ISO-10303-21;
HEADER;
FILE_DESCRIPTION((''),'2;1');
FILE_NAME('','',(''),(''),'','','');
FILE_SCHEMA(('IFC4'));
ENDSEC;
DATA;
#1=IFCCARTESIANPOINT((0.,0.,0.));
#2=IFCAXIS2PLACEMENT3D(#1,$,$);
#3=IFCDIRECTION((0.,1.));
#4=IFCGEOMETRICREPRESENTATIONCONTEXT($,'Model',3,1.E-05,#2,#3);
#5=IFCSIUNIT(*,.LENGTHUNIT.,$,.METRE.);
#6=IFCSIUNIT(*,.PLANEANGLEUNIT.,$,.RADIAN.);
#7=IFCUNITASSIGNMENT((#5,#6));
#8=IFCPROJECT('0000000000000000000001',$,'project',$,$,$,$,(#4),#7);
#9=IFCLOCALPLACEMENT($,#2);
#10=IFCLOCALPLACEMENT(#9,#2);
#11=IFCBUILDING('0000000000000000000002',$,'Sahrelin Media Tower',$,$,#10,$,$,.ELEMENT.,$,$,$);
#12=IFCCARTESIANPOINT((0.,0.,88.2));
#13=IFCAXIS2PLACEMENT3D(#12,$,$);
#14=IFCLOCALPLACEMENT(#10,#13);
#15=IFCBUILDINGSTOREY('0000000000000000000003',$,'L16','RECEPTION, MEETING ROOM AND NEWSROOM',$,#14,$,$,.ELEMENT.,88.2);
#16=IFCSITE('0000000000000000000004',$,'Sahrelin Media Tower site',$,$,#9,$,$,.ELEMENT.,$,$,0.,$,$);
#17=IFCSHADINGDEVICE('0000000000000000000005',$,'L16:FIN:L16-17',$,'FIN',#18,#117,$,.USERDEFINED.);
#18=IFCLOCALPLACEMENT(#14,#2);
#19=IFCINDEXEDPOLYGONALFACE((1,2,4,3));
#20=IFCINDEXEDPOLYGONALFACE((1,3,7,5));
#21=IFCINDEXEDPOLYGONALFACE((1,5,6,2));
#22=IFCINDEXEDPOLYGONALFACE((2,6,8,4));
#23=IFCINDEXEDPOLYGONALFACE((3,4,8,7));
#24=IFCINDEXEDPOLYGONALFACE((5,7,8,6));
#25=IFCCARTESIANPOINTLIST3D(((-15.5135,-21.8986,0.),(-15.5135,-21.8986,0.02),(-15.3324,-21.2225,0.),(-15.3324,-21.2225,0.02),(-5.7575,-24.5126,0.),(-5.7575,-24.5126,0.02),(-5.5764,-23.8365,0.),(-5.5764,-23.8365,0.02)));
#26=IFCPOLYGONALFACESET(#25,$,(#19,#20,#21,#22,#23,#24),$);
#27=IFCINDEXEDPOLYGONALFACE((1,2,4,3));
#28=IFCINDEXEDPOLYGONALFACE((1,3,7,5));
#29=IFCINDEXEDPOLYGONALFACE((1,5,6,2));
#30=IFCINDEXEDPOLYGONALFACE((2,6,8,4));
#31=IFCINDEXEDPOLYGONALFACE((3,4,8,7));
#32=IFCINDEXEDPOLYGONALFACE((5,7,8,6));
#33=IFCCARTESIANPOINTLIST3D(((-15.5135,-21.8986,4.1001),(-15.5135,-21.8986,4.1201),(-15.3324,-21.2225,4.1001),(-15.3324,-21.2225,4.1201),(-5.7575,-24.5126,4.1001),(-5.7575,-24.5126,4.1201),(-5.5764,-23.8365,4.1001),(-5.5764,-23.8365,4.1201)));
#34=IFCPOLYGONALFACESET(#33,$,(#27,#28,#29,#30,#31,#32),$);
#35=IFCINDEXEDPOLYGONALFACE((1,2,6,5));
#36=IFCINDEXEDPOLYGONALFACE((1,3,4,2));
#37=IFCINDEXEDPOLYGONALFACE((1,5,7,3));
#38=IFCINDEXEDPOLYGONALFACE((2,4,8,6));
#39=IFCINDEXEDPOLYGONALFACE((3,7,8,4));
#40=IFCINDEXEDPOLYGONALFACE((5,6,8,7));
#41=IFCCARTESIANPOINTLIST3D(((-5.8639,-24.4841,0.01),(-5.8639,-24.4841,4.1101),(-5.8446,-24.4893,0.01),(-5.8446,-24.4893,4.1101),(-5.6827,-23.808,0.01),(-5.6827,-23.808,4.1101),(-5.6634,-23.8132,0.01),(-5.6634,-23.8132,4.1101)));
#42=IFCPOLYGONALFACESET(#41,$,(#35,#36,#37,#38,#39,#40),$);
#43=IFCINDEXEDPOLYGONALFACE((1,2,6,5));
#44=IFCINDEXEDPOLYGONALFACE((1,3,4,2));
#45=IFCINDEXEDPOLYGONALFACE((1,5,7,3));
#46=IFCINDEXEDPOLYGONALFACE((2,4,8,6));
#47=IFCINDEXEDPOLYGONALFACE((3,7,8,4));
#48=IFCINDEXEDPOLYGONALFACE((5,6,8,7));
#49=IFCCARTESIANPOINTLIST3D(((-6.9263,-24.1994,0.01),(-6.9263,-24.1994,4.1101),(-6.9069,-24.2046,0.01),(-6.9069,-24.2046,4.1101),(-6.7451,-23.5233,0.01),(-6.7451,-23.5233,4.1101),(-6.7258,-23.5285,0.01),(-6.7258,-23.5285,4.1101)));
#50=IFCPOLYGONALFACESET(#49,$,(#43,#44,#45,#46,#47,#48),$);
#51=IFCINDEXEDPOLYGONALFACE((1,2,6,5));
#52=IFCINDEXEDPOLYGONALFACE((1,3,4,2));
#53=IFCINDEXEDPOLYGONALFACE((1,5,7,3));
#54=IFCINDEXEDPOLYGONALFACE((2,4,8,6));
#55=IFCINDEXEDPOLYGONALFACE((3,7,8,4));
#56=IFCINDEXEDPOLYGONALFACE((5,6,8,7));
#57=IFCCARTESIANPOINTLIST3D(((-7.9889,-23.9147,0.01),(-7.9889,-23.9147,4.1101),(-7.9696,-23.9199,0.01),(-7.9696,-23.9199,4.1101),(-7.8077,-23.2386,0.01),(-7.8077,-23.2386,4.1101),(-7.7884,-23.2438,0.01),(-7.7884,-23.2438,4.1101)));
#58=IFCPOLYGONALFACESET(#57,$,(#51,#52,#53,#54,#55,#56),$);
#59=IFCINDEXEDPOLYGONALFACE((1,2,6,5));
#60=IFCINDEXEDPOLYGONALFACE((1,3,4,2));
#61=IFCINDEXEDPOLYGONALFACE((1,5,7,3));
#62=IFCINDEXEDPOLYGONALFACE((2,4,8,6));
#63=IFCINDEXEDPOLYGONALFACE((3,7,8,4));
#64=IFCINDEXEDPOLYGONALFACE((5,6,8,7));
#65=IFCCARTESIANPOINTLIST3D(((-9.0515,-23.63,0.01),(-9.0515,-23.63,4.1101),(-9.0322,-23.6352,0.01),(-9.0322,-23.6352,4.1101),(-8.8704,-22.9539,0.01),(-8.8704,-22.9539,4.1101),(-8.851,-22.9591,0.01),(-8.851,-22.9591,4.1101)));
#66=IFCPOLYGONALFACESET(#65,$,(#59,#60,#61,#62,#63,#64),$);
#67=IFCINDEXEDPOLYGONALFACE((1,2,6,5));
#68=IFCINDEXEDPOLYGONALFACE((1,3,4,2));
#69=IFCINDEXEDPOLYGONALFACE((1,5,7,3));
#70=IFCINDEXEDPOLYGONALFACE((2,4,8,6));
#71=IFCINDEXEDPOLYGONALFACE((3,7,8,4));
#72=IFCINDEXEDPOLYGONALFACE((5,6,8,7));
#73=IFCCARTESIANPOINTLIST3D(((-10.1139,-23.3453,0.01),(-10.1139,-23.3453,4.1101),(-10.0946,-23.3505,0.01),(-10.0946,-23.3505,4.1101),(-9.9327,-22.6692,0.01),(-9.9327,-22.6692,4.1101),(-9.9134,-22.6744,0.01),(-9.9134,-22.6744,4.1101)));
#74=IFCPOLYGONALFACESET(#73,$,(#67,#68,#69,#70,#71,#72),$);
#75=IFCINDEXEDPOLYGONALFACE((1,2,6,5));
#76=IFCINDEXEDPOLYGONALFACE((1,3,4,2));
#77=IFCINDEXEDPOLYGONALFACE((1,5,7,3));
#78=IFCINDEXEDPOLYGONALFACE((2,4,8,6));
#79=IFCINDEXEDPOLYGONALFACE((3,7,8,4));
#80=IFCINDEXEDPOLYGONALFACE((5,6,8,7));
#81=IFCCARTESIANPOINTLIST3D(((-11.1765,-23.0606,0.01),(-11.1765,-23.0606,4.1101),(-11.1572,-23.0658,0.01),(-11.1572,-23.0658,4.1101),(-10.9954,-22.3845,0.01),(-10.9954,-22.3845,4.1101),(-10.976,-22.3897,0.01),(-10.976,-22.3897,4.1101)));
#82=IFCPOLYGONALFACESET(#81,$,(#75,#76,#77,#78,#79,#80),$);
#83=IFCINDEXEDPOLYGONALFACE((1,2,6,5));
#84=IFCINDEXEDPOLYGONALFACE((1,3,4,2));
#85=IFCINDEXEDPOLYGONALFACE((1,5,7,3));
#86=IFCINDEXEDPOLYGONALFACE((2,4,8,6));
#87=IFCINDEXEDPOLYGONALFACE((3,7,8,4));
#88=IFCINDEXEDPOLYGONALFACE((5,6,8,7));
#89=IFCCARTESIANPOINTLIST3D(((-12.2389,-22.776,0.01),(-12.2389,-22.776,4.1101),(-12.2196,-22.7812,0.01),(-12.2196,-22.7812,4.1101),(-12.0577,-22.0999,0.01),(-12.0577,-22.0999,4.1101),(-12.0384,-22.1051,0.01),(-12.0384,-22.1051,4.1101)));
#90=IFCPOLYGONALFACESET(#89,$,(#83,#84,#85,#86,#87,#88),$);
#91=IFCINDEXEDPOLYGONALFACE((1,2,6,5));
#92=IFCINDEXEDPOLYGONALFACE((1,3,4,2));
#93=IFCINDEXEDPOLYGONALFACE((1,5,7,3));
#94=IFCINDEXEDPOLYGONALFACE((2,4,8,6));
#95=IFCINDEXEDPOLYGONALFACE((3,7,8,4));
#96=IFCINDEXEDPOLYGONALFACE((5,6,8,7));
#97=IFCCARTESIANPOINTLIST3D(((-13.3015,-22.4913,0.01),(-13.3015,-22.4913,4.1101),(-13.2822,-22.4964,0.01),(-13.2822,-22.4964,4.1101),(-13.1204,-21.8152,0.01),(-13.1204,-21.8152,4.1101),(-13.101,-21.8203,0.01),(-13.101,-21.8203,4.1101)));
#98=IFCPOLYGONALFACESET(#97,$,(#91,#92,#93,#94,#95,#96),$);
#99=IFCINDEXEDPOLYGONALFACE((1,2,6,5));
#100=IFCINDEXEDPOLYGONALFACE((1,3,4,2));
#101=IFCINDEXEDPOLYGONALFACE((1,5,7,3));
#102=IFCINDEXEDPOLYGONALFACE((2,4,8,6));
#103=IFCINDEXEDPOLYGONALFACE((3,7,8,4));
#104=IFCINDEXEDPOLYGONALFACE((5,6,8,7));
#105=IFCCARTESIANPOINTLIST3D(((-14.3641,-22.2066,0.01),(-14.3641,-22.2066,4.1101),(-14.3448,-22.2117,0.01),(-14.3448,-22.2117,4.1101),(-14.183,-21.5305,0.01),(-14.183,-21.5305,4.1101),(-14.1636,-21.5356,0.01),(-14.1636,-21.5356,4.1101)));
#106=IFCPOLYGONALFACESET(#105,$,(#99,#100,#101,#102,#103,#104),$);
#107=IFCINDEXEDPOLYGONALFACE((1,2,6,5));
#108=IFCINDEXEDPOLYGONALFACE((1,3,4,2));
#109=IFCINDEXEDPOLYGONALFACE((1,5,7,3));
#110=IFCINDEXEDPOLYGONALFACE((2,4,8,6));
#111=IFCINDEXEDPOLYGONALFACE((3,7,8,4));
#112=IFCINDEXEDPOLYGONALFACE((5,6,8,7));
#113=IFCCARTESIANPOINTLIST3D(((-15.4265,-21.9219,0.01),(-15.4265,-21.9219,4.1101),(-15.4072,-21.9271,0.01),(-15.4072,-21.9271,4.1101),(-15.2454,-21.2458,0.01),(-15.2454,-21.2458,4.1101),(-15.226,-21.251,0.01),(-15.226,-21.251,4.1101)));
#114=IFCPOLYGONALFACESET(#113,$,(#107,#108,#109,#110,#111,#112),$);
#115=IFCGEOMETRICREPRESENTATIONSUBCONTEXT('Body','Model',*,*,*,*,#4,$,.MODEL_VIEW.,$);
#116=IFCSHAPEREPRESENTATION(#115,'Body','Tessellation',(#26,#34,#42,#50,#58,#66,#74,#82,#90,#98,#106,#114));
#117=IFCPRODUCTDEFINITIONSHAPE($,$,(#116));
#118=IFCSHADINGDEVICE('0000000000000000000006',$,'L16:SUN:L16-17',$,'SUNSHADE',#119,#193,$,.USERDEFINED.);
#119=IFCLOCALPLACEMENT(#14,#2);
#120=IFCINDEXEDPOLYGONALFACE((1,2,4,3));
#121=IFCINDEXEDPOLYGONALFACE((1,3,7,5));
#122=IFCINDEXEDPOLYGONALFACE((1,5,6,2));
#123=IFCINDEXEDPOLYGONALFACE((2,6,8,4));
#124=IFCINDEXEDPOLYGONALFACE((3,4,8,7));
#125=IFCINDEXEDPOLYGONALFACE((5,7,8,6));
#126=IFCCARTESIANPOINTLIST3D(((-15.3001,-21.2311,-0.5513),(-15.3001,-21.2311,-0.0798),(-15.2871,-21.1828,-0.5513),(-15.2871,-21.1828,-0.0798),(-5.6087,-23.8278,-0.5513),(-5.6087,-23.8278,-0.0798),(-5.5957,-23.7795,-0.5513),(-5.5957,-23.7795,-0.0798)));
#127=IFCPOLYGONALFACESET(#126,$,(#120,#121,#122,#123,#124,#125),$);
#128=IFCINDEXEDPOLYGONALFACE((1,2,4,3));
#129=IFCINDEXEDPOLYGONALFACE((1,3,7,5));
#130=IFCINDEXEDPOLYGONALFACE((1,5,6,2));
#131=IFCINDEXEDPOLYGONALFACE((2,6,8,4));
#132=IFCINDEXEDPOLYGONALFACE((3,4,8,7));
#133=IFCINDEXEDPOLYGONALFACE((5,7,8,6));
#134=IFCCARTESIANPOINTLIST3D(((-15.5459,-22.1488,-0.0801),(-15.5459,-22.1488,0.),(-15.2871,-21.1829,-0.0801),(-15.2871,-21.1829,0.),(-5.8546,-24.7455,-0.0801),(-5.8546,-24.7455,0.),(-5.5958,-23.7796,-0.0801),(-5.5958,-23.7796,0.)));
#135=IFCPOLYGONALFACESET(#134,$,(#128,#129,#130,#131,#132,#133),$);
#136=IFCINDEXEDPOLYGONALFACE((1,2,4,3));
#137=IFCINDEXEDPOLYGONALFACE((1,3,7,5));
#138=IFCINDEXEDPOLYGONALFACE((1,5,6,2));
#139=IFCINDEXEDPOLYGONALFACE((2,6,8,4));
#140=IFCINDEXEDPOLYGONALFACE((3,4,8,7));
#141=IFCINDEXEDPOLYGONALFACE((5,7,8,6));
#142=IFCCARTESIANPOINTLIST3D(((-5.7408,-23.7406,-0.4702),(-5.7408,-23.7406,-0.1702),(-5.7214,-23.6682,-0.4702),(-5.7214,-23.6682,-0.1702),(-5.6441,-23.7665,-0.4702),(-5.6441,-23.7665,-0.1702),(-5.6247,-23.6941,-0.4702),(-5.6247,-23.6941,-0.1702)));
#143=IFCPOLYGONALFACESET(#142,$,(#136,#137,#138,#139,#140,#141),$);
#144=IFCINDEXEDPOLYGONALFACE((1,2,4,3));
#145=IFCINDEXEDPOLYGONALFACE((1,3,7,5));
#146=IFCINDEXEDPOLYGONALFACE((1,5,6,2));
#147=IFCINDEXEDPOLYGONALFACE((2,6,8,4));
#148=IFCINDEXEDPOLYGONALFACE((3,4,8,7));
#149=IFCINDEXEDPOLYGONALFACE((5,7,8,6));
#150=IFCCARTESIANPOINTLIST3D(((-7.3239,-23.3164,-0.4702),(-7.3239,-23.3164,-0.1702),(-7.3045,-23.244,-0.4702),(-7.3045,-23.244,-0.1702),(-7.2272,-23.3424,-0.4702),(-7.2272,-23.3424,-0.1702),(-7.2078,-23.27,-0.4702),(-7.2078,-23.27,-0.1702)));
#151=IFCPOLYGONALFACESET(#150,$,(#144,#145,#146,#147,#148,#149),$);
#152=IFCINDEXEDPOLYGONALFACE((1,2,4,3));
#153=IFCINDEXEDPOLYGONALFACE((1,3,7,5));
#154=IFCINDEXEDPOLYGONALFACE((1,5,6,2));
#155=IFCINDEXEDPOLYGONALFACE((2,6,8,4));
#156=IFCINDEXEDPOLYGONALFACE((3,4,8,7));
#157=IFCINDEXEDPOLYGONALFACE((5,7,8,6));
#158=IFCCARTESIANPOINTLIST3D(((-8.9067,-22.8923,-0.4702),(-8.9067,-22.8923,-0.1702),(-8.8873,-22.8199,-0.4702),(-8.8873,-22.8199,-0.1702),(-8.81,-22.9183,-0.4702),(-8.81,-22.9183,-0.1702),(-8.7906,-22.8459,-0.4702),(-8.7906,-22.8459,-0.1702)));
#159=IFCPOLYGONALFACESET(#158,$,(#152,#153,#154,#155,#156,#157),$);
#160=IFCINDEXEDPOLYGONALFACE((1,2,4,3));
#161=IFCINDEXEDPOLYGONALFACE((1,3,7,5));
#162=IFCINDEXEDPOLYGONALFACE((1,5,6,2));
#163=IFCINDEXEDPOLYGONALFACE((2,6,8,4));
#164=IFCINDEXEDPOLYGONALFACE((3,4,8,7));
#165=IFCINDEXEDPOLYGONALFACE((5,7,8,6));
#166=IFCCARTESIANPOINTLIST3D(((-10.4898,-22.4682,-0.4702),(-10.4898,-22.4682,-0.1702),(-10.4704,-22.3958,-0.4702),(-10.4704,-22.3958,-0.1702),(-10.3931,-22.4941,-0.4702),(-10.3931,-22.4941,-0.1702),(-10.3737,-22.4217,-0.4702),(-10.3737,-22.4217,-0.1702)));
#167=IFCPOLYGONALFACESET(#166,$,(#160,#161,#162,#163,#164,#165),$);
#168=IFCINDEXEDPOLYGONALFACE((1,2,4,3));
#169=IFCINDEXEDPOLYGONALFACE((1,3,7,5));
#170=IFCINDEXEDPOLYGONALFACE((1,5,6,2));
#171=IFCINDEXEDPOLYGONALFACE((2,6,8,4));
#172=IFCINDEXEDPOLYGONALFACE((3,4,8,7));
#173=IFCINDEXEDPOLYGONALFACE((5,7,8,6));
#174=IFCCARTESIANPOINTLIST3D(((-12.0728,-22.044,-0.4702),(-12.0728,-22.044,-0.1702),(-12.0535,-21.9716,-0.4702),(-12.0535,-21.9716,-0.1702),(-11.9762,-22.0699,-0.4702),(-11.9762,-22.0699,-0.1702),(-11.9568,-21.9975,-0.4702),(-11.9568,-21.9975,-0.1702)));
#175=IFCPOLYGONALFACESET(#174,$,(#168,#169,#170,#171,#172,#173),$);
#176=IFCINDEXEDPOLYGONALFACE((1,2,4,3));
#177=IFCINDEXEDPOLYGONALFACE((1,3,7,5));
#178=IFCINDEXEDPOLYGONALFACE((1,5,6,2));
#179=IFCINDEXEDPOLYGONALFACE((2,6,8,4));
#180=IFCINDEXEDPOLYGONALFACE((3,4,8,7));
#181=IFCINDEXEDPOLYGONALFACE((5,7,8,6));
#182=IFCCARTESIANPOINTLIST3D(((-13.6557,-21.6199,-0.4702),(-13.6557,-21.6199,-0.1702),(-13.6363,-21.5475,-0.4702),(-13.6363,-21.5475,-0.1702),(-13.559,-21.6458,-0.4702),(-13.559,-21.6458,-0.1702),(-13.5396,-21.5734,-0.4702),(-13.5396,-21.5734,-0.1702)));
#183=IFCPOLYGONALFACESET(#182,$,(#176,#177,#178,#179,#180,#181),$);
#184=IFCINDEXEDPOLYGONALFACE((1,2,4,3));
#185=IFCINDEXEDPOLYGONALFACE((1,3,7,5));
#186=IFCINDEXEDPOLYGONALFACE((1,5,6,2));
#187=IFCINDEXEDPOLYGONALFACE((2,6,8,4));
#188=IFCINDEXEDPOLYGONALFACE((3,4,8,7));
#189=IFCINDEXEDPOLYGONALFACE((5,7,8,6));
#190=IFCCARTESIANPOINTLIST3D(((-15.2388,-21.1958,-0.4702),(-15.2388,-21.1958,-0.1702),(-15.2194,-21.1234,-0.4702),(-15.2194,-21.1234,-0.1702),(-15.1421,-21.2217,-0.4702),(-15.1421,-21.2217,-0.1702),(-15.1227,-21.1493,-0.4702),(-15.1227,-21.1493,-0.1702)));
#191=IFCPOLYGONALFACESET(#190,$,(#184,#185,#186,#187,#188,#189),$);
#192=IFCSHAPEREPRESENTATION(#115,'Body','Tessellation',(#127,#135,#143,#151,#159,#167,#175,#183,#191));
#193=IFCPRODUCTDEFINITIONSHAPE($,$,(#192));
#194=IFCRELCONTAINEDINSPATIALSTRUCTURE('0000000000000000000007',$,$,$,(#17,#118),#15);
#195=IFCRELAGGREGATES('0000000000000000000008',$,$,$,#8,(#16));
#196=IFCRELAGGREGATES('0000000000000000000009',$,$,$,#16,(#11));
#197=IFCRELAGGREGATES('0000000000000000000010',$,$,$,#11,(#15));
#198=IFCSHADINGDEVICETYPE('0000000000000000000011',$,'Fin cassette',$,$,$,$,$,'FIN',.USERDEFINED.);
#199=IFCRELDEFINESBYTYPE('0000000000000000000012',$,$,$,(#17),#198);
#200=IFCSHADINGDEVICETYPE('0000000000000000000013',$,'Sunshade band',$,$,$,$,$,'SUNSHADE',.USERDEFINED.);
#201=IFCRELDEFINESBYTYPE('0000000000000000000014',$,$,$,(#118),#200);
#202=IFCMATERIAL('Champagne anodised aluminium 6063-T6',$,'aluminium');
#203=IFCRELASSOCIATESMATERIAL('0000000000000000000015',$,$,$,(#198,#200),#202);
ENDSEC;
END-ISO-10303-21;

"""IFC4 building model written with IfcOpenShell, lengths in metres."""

from ifc_helpers import new_model, si_unit, direction, frame, origin, origin_2d, place, context, subcontext, project, spatial, rectangle, extrude, material, type_object, element, save


model = new_model("IFC4")

# Units and contexts
model_context = context("Model", 3, precision=1e-05, world=origin(), true_north=direction((0.0, 1.0)))
body_context = subcontext(model_context, "Body", "Model", "MODEL_VIEW")
ifc_project = project(units=[si_unit("LENGTHUNIT", "METRE"), si_unit("PLANEANGLEUNIT", "RADIAN")], contexts=[model_context])

# Site, building, storey
site_placement = place(None, origin())
site = spatial("IfcSite", under=ifc_project, at=site_placement, Name="Sahrelin Media Tower site", CompositionType="ELEMENT", RefElevation=0.0)
building_placement = place(site_placement, origin())
building = spatial("IfcBuilding", under=site, at=building_placement, Name="Sahrelin Media Tower", CompositionType="ELEMENT")
storey_placement = place(building_placement, frame((0.0, 0.0, 88.2)))
storey = spatial("IfcBuildingStorey", under=building, at=storey_placement, Name="L16", Description="RECEPTION, MEETING ROOM AND NEWSROOM", CompositionType="ELEMENT", Elevation=88.2)

# Shared definitions
ifc_material_1 = material(Name="Champagne anodised aluminium 6063-T6", Category="aluminium")

# Shading devices
shading_device_type_1 = type_object("IfcShadingDeviceType", Name="Fin cassette", ElementType="FIN", PredefinedType="USERDEFINED", material=ifc_material_1)
placement = place(storey_placement, frame((-10.4363, -22.4619, 0.0), z_axis=(0.0, 0.0, 1.0), x_axis=(-0.965929, 0.258808, 0.0)))
element("IfcShadingDevice", 1, at=placement, inside=storey, type_object=shading_device_type_1, Name="L16:FIN:L16-17", ObjectType="FIN", PredefinedType="USERDEFINED", context=body_context, shape_type="SweptSolid", body=[
    extrude(rectangle(XDim=10.1001, YDim=0.7, at=origin_2d()), frame((0.0, 0.4199, 0.0)), (0.0, 0.0, 1.0), 0.02),
    extrude(rectangle(XDim=10.1001, YDim=0.7, at=origin_2d()), frame((0.0, 0.4199, 4.1001)), (0.0, 0.0, 1.0), 0.02),
    extrude(rectangle(XDim=0.02, YDim=0.7, at=origin_2d()), frame((-4.95, 0.4199, 0.01), z_axis=(0.0, 0.0, 1.0), x_axis=(1.0, 0.0, 0.0)), (0.0, 0.0, 1.0), 4.1001),
    extrude(rectangle(XDim=0.02, YDim=0.7, at=origin_2d()), frame((-3.8501, 0.4199, 0.01), z_axis=(0.0, 0.0, 1.0), x_axis=(1.0, 0.0, 0.0)), (0.0, 0.0, 1.0), 4.1001),
    extrude(rectangle(XDim=0.02, YDim=0.7, at=origin_2d()), frame((-2.75, 0.4199, 0.01), z_axis=(0.0, 0.0, 1.0), x_axis=(1.0, 0.0, 0.0)), (0.0, 0.0, 1.0), 4.1001),
    extrude(rectangle(XDim=0.02, YDim=0.7, at=origin_2d()), frame((-1.6499, 0.4199, 0.01), z_axis=(0.0, 0.0, 1.0), x_axis=(1.0, 0.0, 0.0)), (0.0, 0.0, 1.0), 4.1001),
    extrude(rectangle(XDim=0.02, YDim=0.7, at=origin_2d()), frame((-0.55, 0.4199, 0.01), z_axis=(0.0, 0.0, 1.0), x_axis=(1.0, 0.0, 0.0)), (0.0, 0.0, 1.0), 4.1001),
    extrude(rectangle(XDim=0.02, YDim=0.7, at=origin_2d()), frame((0.55, 0.4199, 0.01), z_axis=(0.0, 0.0, 1.0), x_axis=(1.0, 0.0, 0.0)), (0.0, 0.0, 1.0), 4.1001),
    extrude(rectangle(XDim=0.02, YDim=0.7, at=origin_2d()), frame((1.6499, 0.4199, 0.01), z_axis=(0.0, 0.0, 1.0), x_axis=(1.0, 0.0, 0.0)), (0.0, 0.0, 1.0), 4.1001),
    extrude(rectangle(XDim=0.02, YDim=0.7, at=origin_2d()), frame((2.75, 0.4199, 0.01), z_axis=(0.0, 0.0, 1.0), x_axis=(1.0, 0.0, 0.0)), (0.0, 0.0, 1.0), 4.1001),
    extrude(rectangle(XDim=0.02, YDim=0.7, at=origin_2d()), frame((3.8501, 0.4199, 0.01), z_axis=(0.0, 0.0, 1.0), x_axis=(1.0, 0.0, 0.0)), (0.0, 0.0, 1.0), 4.1001),
    extrude(rectangle(XDim=0.02, YDim=0.7, at=origin_2d()), frame((4.95, 0.4199, 0.01), z_axis=(0.0, 0.0, 1.0), x_axis=(1.0, 0.0, 0.0)), (0.0, 0.0, 1.0), 4.1001),
])
shading_device_type_2 = type_object("IfcShadingDeviceType", Name="Sunshade band", ElementType="SUNSHADE", PredefinedType="USERDEFINED", material=ifc_material_1)
element("IfcShadingDevice", 2, at=placement, inside=storey, type_object=shading_device_type_2, Name="L16:SUN:L16-17", ObjectType="SUNSHADE", PredefinedType="USERDEFINED", context=body_context, shape_type="SweptSolid", body=[
    extrude(rectangle(XDim=10.0332, YDim=0.05, at=origin_2d()), frame((0.0, 0.0449, -0.5513)), (0.0, 0.0, 1.0), 0.4714),
    extrude(rectangle(XDim=10.0332, YDim=1.0, at=origin_2d()), frame((0.0, 0.52, -0.0801)), (0.0, 0.0, 1.0), 0.0801),
    extrude(rectangle(XDim=0.1001, YDim=0.075, at=origin_2d()), frame((-4.9165, -0.0176, -0.4702)), (0.0, 0.0, 1.0), 0.3),
    extrude(rectangle(XDim=0.1001, YDim=0.075, at=origin_2d()), frame((-3.2776, -0.0176, -0.4702)), (0.0, 0.0, 1.0), 0.3),
    extrude(rectangle(XDim=0.1001, YDim=0.075, at=origin_2d()), frame((-1.6389, -0.0176, -0.4702)), (0.0, 0.0, 1.0), 0.3),
    extrude(rectangle(XDim=0.1001, YDim=0.075, at=origin_2d()), frame((0.0, -0.0176, -0.4702)), (0.0, 0.0, 1.0), 0.3),
    extrude(rectangle(XDim=0.1001, YDim=0.075, at=origin_2d()), frame((1.6389, -0.0176, -0.4702)), (0.0, 0.0, 1.0), 0.3),
    extrude(rectangle(XDim=0.1001, YDim=0.075, at=origin_2d()), frame((3.2776, -0.0176, -0.4702)), (0.0, 0.0, 1.0), 0.3),
    extrude(rectangle(XDim=0.1001, YDim=0.075, at=origin_2d()), frame((4.9165, -0.0176, -0.4702)), (0.0, 0.0, 1.0), 0.3),
])

save(model, "model.ifc")
